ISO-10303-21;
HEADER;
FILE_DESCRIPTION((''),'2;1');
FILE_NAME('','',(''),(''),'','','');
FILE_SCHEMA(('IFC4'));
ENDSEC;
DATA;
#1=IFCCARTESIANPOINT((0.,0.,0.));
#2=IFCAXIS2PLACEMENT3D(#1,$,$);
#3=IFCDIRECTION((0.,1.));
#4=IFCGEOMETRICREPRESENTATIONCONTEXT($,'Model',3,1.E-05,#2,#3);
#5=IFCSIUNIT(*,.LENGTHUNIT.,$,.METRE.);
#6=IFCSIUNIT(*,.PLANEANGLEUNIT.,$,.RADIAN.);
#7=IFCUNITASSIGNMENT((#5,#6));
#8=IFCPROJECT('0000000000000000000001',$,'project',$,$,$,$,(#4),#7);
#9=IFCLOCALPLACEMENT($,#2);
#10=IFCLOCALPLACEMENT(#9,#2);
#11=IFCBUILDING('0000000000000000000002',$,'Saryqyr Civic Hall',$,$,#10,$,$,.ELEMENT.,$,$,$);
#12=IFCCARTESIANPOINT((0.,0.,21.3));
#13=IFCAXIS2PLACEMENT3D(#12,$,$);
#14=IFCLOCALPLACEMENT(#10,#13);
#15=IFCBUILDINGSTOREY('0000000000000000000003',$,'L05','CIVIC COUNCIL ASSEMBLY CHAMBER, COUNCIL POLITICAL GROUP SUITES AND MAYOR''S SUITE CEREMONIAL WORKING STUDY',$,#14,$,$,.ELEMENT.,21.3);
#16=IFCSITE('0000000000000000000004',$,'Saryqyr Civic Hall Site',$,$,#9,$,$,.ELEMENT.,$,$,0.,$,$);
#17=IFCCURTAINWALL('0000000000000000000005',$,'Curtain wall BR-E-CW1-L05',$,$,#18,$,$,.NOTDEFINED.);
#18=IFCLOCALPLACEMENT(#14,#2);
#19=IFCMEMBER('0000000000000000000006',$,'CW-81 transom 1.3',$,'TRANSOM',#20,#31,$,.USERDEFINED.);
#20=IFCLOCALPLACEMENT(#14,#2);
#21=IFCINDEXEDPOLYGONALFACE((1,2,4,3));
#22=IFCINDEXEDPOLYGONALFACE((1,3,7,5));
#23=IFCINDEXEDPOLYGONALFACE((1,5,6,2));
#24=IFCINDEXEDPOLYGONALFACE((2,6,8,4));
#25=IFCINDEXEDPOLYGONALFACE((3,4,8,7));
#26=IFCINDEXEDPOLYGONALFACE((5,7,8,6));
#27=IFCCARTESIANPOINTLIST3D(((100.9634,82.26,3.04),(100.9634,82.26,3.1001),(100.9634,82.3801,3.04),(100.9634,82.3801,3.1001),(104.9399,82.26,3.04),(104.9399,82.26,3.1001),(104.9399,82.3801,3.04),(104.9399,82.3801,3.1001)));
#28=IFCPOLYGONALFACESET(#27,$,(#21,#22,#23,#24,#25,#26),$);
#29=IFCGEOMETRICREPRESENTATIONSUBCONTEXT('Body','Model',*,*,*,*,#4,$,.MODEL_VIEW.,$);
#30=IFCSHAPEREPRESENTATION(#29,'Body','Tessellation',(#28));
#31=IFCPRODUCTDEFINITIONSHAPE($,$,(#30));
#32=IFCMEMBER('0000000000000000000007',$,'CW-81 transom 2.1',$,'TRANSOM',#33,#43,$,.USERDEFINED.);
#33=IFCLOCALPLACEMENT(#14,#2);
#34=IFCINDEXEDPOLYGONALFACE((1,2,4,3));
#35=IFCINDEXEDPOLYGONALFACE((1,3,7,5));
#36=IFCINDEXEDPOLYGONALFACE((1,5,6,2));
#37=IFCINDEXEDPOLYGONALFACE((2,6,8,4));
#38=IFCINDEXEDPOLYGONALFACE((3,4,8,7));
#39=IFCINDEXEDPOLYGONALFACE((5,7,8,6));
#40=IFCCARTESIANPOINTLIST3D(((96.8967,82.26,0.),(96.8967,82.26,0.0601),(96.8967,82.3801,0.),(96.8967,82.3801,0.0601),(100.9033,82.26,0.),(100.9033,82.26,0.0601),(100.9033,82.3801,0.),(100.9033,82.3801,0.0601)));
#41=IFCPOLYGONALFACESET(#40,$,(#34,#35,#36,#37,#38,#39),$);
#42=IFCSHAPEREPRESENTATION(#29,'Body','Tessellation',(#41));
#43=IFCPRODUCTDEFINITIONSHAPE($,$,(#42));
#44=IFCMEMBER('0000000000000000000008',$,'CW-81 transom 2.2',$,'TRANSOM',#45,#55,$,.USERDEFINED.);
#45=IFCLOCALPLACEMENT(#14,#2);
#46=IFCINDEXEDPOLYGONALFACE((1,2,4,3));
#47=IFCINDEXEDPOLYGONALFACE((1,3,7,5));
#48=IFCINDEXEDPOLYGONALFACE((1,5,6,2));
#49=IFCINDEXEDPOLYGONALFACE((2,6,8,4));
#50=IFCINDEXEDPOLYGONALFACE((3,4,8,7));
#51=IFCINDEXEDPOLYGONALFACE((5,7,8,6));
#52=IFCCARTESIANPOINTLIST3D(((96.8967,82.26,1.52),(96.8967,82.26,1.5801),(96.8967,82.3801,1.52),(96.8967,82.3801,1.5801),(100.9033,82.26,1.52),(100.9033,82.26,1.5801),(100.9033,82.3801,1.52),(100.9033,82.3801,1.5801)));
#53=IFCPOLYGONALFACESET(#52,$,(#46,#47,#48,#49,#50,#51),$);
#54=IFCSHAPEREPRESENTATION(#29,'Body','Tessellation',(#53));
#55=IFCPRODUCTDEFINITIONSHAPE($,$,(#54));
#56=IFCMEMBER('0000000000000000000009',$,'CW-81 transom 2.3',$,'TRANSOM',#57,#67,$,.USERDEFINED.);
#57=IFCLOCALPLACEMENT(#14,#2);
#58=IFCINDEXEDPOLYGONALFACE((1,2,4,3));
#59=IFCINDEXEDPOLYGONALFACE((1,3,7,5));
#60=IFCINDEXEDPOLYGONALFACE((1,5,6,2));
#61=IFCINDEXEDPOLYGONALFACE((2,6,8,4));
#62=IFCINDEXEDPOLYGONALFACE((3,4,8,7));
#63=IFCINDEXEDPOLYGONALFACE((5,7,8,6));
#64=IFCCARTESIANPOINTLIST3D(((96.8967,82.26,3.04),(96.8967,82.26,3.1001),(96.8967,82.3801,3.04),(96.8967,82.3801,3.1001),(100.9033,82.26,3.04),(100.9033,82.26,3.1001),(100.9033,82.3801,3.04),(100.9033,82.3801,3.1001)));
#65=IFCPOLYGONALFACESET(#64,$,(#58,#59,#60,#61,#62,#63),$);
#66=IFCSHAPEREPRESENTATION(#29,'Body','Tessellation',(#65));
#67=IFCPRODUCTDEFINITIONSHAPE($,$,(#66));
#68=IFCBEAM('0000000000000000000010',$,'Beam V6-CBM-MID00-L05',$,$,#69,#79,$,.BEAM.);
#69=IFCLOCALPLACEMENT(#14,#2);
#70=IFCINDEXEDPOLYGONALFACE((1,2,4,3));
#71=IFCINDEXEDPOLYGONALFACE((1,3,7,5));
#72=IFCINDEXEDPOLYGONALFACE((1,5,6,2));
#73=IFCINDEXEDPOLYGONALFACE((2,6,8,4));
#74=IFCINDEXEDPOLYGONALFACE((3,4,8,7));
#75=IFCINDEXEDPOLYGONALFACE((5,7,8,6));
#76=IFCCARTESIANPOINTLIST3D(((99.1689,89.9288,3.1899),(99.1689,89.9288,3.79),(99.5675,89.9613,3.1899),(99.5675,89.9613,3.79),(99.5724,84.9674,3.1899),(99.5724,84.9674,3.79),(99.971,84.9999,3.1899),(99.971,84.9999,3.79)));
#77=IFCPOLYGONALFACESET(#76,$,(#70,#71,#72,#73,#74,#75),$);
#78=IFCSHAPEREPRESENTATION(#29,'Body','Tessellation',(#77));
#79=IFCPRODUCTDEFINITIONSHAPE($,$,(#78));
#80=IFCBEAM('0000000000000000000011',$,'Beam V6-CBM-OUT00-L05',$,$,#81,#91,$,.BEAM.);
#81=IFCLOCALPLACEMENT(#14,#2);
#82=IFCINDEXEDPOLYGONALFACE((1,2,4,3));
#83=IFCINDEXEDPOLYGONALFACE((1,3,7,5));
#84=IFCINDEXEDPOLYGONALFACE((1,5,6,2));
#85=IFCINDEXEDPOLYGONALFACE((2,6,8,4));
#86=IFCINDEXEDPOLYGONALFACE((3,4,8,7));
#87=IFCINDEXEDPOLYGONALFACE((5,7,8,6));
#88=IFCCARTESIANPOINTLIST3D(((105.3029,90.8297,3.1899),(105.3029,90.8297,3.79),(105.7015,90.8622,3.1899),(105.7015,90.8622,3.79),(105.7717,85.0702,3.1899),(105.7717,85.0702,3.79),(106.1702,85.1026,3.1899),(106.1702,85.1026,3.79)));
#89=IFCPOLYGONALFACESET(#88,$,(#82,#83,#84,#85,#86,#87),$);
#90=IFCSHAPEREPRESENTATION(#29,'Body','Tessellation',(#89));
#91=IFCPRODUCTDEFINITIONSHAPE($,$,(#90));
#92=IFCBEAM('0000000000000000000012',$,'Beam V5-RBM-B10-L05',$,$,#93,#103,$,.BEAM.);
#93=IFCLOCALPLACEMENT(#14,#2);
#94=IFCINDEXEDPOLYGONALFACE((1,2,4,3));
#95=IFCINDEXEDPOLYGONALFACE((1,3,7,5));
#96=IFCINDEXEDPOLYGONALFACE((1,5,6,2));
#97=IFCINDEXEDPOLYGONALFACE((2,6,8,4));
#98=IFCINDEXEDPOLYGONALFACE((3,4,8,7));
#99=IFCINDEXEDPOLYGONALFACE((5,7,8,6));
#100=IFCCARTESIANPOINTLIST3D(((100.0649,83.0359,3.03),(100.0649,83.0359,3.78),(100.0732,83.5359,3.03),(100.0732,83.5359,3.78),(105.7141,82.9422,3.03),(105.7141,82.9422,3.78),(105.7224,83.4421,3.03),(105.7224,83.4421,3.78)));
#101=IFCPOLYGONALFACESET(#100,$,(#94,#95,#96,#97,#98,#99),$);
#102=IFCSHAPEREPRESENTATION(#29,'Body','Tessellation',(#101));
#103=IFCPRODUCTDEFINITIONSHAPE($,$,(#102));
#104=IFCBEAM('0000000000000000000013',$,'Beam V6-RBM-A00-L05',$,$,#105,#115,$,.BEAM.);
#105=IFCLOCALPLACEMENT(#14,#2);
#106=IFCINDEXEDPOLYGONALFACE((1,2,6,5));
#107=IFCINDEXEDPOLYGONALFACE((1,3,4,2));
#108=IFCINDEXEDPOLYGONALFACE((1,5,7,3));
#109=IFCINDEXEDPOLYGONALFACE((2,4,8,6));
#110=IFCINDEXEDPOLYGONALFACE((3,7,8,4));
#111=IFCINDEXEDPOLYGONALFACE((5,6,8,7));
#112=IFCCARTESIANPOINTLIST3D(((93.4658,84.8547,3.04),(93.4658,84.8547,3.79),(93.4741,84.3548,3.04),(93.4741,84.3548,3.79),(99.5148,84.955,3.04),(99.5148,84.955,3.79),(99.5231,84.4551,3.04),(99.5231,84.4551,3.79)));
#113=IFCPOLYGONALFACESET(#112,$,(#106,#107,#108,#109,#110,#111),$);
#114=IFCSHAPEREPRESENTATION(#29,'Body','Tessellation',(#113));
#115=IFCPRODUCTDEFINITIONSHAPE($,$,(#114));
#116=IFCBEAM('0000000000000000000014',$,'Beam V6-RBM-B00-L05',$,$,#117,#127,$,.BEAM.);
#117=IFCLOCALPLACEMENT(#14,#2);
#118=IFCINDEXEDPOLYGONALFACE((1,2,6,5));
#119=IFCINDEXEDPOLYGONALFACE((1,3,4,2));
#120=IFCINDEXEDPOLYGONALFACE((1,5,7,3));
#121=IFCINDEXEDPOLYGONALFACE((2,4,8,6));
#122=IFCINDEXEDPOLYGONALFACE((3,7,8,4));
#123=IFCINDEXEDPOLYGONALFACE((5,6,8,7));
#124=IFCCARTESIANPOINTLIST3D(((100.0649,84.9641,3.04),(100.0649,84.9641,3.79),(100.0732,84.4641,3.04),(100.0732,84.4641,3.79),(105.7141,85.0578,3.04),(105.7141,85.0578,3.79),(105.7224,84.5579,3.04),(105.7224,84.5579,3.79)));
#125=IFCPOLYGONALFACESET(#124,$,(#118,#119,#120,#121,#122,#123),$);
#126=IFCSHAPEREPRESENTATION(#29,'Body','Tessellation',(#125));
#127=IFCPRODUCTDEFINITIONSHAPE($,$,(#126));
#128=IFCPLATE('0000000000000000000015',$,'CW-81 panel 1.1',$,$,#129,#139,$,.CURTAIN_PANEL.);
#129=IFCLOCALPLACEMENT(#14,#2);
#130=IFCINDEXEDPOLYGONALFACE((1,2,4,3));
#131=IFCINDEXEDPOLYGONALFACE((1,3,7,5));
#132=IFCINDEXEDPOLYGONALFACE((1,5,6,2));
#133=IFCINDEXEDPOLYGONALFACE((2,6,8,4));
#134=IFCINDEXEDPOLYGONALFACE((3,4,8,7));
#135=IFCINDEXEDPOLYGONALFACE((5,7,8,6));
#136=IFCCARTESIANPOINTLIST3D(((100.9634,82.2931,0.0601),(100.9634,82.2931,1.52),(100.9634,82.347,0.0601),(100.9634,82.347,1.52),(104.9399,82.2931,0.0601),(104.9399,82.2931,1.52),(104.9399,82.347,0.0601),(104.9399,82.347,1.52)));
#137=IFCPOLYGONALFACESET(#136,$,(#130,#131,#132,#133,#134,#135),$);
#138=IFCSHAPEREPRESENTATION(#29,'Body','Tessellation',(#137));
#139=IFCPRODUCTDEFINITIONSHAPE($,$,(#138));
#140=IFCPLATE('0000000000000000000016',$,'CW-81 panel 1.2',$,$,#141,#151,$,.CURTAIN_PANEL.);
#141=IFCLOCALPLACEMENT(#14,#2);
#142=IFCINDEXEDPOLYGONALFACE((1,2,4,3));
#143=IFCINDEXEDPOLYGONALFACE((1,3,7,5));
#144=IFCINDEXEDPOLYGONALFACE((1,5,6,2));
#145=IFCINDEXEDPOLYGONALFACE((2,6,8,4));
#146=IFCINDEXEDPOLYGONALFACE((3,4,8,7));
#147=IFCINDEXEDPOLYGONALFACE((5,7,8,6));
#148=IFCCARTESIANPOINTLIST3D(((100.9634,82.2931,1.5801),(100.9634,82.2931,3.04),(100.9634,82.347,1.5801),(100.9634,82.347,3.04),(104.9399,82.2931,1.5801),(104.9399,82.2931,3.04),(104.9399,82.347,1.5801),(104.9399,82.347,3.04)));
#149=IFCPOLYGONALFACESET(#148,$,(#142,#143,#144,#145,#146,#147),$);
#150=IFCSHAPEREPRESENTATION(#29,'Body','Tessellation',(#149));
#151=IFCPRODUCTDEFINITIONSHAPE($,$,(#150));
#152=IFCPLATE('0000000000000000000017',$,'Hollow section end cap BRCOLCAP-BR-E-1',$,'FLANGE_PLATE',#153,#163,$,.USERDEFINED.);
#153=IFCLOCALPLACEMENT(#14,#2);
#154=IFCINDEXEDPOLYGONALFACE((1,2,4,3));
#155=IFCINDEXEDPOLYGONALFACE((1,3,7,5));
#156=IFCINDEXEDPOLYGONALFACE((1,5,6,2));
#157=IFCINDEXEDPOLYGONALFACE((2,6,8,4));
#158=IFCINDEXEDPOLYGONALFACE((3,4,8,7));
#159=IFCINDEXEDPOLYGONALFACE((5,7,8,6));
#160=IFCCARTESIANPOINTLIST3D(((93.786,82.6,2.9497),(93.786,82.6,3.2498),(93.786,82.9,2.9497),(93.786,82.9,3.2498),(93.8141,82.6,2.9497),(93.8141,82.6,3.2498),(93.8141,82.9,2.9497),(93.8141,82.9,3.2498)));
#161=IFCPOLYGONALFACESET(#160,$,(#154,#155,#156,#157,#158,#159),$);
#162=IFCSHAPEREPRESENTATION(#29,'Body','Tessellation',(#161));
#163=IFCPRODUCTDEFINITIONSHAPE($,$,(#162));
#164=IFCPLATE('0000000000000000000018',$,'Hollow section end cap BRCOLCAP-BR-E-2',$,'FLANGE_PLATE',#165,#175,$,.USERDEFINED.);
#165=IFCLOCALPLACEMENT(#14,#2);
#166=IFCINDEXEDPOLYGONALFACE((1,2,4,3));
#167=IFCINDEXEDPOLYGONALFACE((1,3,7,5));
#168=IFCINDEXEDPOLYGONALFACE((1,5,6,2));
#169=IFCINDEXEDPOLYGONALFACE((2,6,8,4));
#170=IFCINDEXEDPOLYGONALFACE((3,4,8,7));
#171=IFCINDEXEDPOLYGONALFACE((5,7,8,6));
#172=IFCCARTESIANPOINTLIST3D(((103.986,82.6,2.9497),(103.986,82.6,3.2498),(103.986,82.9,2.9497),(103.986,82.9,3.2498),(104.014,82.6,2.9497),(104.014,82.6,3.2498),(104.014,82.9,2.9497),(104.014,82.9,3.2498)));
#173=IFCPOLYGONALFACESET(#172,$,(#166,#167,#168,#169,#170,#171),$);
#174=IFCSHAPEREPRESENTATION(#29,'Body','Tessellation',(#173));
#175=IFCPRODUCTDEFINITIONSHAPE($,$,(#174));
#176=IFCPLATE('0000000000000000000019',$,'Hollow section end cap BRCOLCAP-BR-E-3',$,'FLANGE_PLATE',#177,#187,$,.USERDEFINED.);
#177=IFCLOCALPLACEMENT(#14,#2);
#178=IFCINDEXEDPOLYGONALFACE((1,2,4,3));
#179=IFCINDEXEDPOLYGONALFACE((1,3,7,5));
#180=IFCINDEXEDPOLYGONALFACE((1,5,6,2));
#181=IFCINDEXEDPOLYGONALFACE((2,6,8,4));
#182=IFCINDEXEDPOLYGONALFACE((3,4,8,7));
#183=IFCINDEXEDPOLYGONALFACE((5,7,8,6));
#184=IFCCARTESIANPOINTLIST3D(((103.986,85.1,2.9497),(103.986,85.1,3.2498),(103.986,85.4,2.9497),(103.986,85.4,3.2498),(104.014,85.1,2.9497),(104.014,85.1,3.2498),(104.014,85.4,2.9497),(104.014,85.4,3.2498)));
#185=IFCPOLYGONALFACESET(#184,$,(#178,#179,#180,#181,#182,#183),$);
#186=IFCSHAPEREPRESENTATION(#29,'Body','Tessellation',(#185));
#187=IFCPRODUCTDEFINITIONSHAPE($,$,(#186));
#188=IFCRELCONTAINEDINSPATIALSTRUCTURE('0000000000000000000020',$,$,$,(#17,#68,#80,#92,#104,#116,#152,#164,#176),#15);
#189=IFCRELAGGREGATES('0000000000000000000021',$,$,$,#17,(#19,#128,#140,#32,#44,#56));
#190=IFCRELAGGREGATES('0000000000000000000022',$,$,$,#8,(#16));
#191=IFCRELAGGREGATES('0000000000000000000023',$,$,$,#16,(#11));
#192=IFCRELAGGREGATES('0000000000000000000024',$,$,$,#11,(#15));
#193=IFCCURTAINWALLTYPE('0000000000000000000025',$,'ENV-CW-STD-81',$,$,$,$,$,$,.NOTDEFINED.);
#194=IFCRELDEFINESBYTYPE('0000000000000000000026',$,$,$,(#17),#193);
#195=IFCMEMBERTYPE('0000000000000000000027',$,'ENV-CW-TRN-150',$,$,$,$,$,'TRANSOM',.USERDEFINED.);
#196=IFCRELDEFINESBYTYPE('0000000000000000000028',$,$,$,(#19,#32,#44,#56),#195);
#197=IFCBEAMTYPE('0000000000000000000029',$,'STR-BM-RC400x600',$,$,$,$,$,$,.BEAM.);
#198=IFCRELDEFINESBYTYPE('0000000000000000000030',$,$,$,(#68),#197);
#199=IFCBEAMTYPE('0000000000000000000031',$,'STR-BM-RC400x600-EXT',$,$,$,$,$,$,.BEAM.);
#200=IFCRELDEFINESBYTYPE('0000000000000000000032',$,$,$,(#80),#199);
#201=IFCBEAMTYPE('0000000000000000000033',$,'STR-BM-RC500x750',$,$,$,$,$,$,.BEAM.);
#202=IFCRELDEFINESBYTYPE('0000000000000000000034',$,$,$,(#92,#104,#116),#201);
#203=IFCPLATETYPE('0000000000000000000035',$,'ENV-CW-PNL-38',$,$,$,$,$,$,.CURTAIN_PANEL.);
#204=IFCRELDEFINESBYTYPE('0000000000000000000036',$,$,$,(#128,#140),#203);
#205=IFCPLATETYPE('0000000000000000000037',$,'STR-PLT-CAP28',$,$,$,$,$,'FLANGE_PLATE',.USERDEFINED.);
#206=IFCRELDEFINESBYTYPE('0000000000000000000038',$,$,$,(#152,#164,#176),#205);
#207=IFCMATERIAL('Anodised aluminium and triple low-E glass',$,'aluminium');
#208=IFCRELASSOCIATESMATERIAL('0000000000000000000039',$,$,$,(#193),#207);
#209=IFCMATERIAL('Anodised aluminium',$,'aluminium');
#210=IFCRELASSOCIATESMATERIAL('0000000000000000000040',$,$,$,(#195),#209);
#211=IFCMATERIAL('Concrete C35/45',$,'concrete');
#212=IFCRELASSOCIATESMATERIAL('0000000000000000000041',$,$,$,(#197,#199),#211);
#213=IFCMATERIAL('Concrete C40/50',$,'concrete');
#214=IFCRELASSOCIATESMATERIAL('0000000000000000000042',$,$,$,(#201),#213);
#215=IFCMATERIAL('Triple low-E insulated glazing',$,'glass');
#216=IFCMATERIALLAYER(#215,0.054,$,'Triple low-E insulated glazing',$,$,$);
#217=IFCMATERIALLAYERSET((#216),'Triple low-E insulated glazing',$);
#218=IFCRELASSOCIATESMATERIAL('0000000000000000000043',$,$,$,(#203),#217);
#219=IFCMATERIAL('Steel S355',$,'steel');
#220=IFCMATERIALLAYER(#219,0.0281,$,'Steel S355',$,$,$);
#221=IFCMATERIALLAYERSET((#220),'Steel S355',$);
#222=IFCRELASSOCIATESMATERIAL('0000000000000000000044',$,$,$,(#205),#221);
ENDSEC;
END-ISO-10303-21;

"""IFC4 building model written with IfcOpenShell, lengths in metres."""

from ifc_helpers import new_model, si_unit, direction, frame, origin, origin_2d, place, context, subcontext, project, spatial, rectangle, extrude, material, layer, layer_set, material_profile, profile_set, type_object, element, aggregate, save


model = new_model("IFC4")

# Units and contexts
model_context = context("Model", 3, precision=1e-05, world=origin(), true_north=direction((0.0, 1.0)))
body_context = subcontext(model_context, "Body", "Model", "MODEL_VIEW")
ifc_project = project(units=[si_unit("LENGTHUNIT", "METRE"), si_unit("PLANEANGLEUNIT", "RADIAN")], contexts=[model_context])

# Site, building, storey
site_placement = place(None, origin())
site = spatial("IfcSite", under=ifc_project, at=site_placement, Name="Saryqyr Civic Hall Site", CompositionType="ELEMENT", RefElevation=0.0)
building_placement = place(site_placement, origin())
building = spatial("IfcBuilding", under=site, at=building_placement, Name="Saryqyr Civic Hall", CompositionType="ELEMENT")
storey_placement = place(building_placement, frame((0.0, 0.0, 21.3)))
storey = spatial("IfcBuildingStorey", under=building, at=storey_placement, Name="L05", Description="CIVIC COUNCIL ASSEMBLY CHAMBER, COUNCIL POLITICAL GROUP SUITES AND MAYOR'S SUITE CEREMONIAL WORKING STUDY", CompositionType="ELEMENT", Elevation=21.3)

# Shared definitions
ifc_material_1 = material(Name="Steel S355", Category="steel")
ifc_material_2 = material(Name="Concrete C40/50", Category="concrete")

# Curtain wall
ifc_material_3 = material(Name="Anodised aluminium and triple low-E glass", Category="aluminium")
curtain_wall_type = type_object("IfcCurtainWallType", Name="ENV-CW-STD-81", PredefinedType="NOTDEFINED", material=ifc_material_3)
curtain_wall_1_placement = place(storey_placement, origin())
curtain_wall_1 = element("IfcCurtainWall", 1, at=curtain_wall_1_placement, inside=storey, type_object=curtain_wall_type, Name="Curtain wall BR-E-CW1-L05", PredefinedType="NOTDEFINED")
ifc_material_4 = material(Name="Anodised aluminium", Category="aluminium")

# Members
ifc_material_profile_1 = material_profile(ifc_material_4, rectangle(XDim=0.1201, YDim=0.0601, at=origin_2d()), Name="ALU TRANSOM 120x60")
ifc_profile_set_1 = profile_set([ifc_material_profile_1], Name="Anodised aluminium")
member_type_1 = type_object("IfcMemberType", Name="ENV-CW-TRN-150", ElementType="TRANSOM", PredefinedType="USERDEFINED", material=ifc_profile_set_1)
member_1_placement = place(storey_placement, frame((104.9399, 82.3201, 3.0701), z_axis=(-1.0, 0.0, 0.0), x_axis=(0.0, -1.0, 0.0)))
member_1 = element("IfcMember", 2, at=member_1_placement, type_object=member_type_1, Name="CW-81 transom 1.3", ObjectType="TRANSOM", PredefinedType="USERDEFINED", context=body_context, shape_type="SweptSolid", body=[
    extrude(rectangle(XDim=0.1201, YDim=0.0601, at=origin_2d()), origin(), (0.0, 0.0, 1.0), 3.9766),
])
member_2_placement = place(storey_placement, frame((100.9033, 82.3201, 0.03), z_axis=(-1.0, 0.0, 0.0), x_axis=(0.0, -1.0, 0.0)))
member_2 = element("IfcMember", 3, at=member_2_placement, type_object=member_type_1, Name="CW-81 transom 2.1", ObjectType="TRANSOM", PredefinedType="USERDEFINED", context=body_context, shape_type="SweptSolid", body=[
    extrude(rectangle(XDim=0.1201, YDim=0.0601, at=origin_2d()), origin(), (0.0, 0.0, 1.0), 4.0066),
])
member_3_placement = place(storey_placement, frame((100.9033, 82.3201, 1.55), z_axis=(-1.0, 0.0, 0.0), x_axis=(0.0, -1.0, 0.0)))
member_3 = element("IfcMember", 4, at=member_3_placement, type_object=member_type_1, Name="CW-81 transom 2.2", ObjectType="TRANSOM", PredefinedType="USERDEFINED", context=body_context, shape_type="SweptSolid", body=[
    extrude(rectangle(XDim=0.1201, YDim=0.0601, at=origin_2d()), origin(), (0.0, 0.0, 1.0), 4.0066),
])
member_4_placement = place(storey_placement, frame((100.9033, 82.3201, 3.0701), z_axis=(-1.0, 0.0, 0.0), x_axis=(0.0, -1.0, 0.0)))
member_4 = element("IfcMember", 5, at=member_4_placement, type_object=member_type_1, Name="CW-81 transom 2.3", ObjectType="TRANSOM", PredefinedType="USERDEFINED", context=body_context, shape_type="SweptSolid", body=[
    extrude(rectangle(XDim=0.1201, YDim=0.0601, at=origin_2d()), origin(), (0.0, 0.0, 1.0), 4.0066),
])

# Beams
ifc_material_5 = material(Name="Concrete C35/45", Category="concrete")
ifc_material_profile_2 = material_profile(ifc_material_5, rectangle(XDim=0.3999, YDim=0.6001, at=origin_2d()), Name="RC 400x600")
ifc_profile_set_2 = profile_set([ifc_material_profile_2], Name="Concrete C35/45")
beam_type_1 = type_object("IfcBeamType", Name="STR-BM-RC400x600", PredefinedType="BEAM", material=ifc_profile_set_2)
beam_1_placement = place(storey_placement, frame((99.7717, 84.9836, 3.49), z_axis=(-0.081073, 0.996708, 0.0), x_axis=(-0.996708, -0.081073, 0.0)))
element("IfcBeam", 6, at=beam_1_placement, inside=storey, type_object=beam_type_1, Name="Beam V6-CBM-MID00-L05", PredefinedType="BEAM", context=body_context, shape_type="SweptSolid", body=[
    extrude(rectangle(XDim=0.3999, YDim=0.6001, at=origin_2d()), origin(), (0.0, 0.0, 1.0), 4.9778),
])
ifc_material_profile_3 = material_profile(ifc_material_5, rectangle(XDim=0.3999, YDim=0.6001, at=origin_2d()), Name="RC 400x600")
ifc_profile_set_3 = profile_set([ifc_material_profile_3], Name="Concrete C35/45")
beam_type_2 = type_object("IfcBeamType", Name="STR-BM-RC400x600-EXT", PredefinedType="BEAM", material=ifc_profile_set_3)
beam_2_placement = place(storey_placement, frame((105.9709, 85.0864, 3.49), z_axis=(-0.081119, 0.996704, 0.0), x_axis=(-0.996704, -0.081119, 0.0)))
element("IfcBeam", 7, at=beam_2_placement, inside=storey, type_object=beam_type_2, Name="Beam V6-CBM-OUT00-L05", PredefinedType="BEAM", context=body_context, shape_type="SweptSolid", body=[
    extrude(rectangle(XDim=0.3999, YDim=0.6001, at=origin_2d()), origin(), (0.0, 0.0, 1.0), 5.7786),
])
ifc_material_profile_4 = material_profile(ifc_material_2, rectangle(XDim=0.5, YDim=0.75, at=origin_2d()), Name="RC 500x750")
ifc_profile_set_4 = profile_set([ifc_material_profile_4], Name="Concrete C40/50")
beam_type_3 = type_object("IfcBeamType", Name="STR-BM-RC500x750", PredefinedType="BEAM", material=ifc_profile_set_4)
beam_3_placement = place(storey_placement, frame((100.0691, 83.2859, 3.405), z_axis=(0.999862, -0.016593, 0.0), x_axis=(0.016593, 0.999862, 0.0)))
element("IfcBeam", 8, at=beam_3_placement, inside=storey, type_object=beam_type_3, Name="Beam V5-RBM-B10-L05", PredefinedType="BEAM", context=body_context, shape_type="SweptSolid", body=[
    extrude(rectangle(XDim=0.5, YDim=0.75, at=origin_2d()), origin(), (0.0, 0.0, 1.0), 5.6499),
])
beam_4_placement = place(storey_placement, frame((93.47, 84.6047, 3.415), z_axis=(0.999862, 0.016586, 0.0), x_axis=(-0.016586, 0.999862, 0.0)))
element("IfcBeam", 9, at=beam_4_placement, inside=storey, type_object=beam_type_3, Name="Beam V6-RBM-A00-L05", PredefinedType="BEAM", context=body_context, shape_type="SweptSolid", body=[
    extrude(rectangle(XDim=0.5, YDim=0.75, at=origin_2d()), origin(), (0.0, 0.0, 1.0), 6.0498),
])
beam_5_placement = place(storey_placement, frame((100.0691, 84.7141, 3.415), z_axis=(0.999862, 0.016593, 0.0), x_axis=(-0.016593, 0.999862, 0.0)))
element("IfcBeam", 10, at=beam_5_placement, inside=storey, type_object=beam_type_3, Name="Beam V6-RBM-B00-L05", PredefinedType="BEAM", context=body_context, shape_type="SweptSolid", body=[
    extrude(rectangle(XDim=0.5, YDim=0.75, at=origin_2d()), origin(), (0.0, 0.0, 1.0), 5.6499),
])

# Plates
ifc_material_6 = material(Name="Triple low-E insulated glazing", Category="glass")
ifc_layer_1 = layer(ifc_material_6, 0.054, Name="Triple low-E insulated glazing")
ifc_layer_set_1 = layer_set([ifc_layer_1], Name="Triple low-E insulated glazing")
plate_type_1 = type_object("IfcPlateType", Name="ENV-CW-PNL-38", PredefinedType="CURTAIN_PANEL", material=ifc_layer_set_1)
plate_1_placement = place(storey_placement, frame((102.9517, 82.3201, 0.0601), z_axis=(0.0, 0.0, 1.0), x_axis=(-1.0, 0.0, 0.0)))
plate_1 = element("IfcPlate", 11, at=plate_1_placement, type_object=plate_type_1, Name="CW-81 panel 1.1", PredefinedType="CURTAIN_PANEL", context=body_context, shape_type="SweptSolid", body=[
    extrude(rectangle(XDim=3.9766, YDim=0.054, at=origin_2d()), origin(), (0.0, 0.0, 1.0), 1.46),
])
plate_2_placement = place(storey_placement, frame((102.9517, 82.3201, 1.5801), z_axis=(0.0, 0.0, 1.0), x_axis=(-1.0, 0.0, 0.0)))
plate_2 = element("IfcPlate", 12, at=plate_2_placement, type_object=plate_type_1, Name="CW-81 panel 1.2", PredefinedType="CURTAIN_PANEL", context=body_context, shape_type="SweptSolid", body=[
    extrude(rectangle(XDim=3.9766, YDim=0.054, at=origin_2d()), origin(), (0.0, 0.0, 1.0), 1.46),
])
aggregate(curtain_wall_1, [member_1, plate_1, plate_2, member_2, member_3, member_4])

# Plates
ifc_layer_2 = layer(ifc_material_1, 0.0281, Name="Steel S355")
ifc_layer_set_2 = layer_set([ifc_layer_2], Name="Steel S355")
plate_type_2 = type_object("IfcPlateType", Name="STR-PLT-CAP28", ElementType="FLANGE_PLATE", PredefinedType="USERDEFINED", material=ifc_layer_set_2)
for number, where, z_axis, x_axis, name in (
    (13, (93.8, 82.75, 2.9497), (0.0, 0.0, 1.0), (1.0, 0.0, 0.0), "Hollow section end cap BRCOLCAP-BR-E-1"),
    (14, (104.0, 82.75, 2.9497), (0.0, 0.0, 1.0), (1.0, 0.0, 0.0), "Hollow section end cap BRCOLCAP-BR-E-2"),
    (15, (104.0, 85.25, 2.9497), (0.0, 0.0, 1.0), (1.0, 0.0, 0.0), "Hollow section end cap BRCOLCAP-BR-E-3"),
):
    element("IfcPlate", number, at=place(storey_placement, frame(where, z_axis=z_axis, x_axis=x_axis)), inside=storey, type_object=plate_type_2, Name=name, ObjectType="FLANGE_PLATE", PredefinedType="USERDEFINED", context=body_context, shape_type="SweptSolid", body=[
        extrude(rectangle(XDim=0.0281, YDim=0.3, at=origin_2d()), origin(), (0.0, 0.0, 1.0), 0.3),
    ])

save(model, "model.ifc")
